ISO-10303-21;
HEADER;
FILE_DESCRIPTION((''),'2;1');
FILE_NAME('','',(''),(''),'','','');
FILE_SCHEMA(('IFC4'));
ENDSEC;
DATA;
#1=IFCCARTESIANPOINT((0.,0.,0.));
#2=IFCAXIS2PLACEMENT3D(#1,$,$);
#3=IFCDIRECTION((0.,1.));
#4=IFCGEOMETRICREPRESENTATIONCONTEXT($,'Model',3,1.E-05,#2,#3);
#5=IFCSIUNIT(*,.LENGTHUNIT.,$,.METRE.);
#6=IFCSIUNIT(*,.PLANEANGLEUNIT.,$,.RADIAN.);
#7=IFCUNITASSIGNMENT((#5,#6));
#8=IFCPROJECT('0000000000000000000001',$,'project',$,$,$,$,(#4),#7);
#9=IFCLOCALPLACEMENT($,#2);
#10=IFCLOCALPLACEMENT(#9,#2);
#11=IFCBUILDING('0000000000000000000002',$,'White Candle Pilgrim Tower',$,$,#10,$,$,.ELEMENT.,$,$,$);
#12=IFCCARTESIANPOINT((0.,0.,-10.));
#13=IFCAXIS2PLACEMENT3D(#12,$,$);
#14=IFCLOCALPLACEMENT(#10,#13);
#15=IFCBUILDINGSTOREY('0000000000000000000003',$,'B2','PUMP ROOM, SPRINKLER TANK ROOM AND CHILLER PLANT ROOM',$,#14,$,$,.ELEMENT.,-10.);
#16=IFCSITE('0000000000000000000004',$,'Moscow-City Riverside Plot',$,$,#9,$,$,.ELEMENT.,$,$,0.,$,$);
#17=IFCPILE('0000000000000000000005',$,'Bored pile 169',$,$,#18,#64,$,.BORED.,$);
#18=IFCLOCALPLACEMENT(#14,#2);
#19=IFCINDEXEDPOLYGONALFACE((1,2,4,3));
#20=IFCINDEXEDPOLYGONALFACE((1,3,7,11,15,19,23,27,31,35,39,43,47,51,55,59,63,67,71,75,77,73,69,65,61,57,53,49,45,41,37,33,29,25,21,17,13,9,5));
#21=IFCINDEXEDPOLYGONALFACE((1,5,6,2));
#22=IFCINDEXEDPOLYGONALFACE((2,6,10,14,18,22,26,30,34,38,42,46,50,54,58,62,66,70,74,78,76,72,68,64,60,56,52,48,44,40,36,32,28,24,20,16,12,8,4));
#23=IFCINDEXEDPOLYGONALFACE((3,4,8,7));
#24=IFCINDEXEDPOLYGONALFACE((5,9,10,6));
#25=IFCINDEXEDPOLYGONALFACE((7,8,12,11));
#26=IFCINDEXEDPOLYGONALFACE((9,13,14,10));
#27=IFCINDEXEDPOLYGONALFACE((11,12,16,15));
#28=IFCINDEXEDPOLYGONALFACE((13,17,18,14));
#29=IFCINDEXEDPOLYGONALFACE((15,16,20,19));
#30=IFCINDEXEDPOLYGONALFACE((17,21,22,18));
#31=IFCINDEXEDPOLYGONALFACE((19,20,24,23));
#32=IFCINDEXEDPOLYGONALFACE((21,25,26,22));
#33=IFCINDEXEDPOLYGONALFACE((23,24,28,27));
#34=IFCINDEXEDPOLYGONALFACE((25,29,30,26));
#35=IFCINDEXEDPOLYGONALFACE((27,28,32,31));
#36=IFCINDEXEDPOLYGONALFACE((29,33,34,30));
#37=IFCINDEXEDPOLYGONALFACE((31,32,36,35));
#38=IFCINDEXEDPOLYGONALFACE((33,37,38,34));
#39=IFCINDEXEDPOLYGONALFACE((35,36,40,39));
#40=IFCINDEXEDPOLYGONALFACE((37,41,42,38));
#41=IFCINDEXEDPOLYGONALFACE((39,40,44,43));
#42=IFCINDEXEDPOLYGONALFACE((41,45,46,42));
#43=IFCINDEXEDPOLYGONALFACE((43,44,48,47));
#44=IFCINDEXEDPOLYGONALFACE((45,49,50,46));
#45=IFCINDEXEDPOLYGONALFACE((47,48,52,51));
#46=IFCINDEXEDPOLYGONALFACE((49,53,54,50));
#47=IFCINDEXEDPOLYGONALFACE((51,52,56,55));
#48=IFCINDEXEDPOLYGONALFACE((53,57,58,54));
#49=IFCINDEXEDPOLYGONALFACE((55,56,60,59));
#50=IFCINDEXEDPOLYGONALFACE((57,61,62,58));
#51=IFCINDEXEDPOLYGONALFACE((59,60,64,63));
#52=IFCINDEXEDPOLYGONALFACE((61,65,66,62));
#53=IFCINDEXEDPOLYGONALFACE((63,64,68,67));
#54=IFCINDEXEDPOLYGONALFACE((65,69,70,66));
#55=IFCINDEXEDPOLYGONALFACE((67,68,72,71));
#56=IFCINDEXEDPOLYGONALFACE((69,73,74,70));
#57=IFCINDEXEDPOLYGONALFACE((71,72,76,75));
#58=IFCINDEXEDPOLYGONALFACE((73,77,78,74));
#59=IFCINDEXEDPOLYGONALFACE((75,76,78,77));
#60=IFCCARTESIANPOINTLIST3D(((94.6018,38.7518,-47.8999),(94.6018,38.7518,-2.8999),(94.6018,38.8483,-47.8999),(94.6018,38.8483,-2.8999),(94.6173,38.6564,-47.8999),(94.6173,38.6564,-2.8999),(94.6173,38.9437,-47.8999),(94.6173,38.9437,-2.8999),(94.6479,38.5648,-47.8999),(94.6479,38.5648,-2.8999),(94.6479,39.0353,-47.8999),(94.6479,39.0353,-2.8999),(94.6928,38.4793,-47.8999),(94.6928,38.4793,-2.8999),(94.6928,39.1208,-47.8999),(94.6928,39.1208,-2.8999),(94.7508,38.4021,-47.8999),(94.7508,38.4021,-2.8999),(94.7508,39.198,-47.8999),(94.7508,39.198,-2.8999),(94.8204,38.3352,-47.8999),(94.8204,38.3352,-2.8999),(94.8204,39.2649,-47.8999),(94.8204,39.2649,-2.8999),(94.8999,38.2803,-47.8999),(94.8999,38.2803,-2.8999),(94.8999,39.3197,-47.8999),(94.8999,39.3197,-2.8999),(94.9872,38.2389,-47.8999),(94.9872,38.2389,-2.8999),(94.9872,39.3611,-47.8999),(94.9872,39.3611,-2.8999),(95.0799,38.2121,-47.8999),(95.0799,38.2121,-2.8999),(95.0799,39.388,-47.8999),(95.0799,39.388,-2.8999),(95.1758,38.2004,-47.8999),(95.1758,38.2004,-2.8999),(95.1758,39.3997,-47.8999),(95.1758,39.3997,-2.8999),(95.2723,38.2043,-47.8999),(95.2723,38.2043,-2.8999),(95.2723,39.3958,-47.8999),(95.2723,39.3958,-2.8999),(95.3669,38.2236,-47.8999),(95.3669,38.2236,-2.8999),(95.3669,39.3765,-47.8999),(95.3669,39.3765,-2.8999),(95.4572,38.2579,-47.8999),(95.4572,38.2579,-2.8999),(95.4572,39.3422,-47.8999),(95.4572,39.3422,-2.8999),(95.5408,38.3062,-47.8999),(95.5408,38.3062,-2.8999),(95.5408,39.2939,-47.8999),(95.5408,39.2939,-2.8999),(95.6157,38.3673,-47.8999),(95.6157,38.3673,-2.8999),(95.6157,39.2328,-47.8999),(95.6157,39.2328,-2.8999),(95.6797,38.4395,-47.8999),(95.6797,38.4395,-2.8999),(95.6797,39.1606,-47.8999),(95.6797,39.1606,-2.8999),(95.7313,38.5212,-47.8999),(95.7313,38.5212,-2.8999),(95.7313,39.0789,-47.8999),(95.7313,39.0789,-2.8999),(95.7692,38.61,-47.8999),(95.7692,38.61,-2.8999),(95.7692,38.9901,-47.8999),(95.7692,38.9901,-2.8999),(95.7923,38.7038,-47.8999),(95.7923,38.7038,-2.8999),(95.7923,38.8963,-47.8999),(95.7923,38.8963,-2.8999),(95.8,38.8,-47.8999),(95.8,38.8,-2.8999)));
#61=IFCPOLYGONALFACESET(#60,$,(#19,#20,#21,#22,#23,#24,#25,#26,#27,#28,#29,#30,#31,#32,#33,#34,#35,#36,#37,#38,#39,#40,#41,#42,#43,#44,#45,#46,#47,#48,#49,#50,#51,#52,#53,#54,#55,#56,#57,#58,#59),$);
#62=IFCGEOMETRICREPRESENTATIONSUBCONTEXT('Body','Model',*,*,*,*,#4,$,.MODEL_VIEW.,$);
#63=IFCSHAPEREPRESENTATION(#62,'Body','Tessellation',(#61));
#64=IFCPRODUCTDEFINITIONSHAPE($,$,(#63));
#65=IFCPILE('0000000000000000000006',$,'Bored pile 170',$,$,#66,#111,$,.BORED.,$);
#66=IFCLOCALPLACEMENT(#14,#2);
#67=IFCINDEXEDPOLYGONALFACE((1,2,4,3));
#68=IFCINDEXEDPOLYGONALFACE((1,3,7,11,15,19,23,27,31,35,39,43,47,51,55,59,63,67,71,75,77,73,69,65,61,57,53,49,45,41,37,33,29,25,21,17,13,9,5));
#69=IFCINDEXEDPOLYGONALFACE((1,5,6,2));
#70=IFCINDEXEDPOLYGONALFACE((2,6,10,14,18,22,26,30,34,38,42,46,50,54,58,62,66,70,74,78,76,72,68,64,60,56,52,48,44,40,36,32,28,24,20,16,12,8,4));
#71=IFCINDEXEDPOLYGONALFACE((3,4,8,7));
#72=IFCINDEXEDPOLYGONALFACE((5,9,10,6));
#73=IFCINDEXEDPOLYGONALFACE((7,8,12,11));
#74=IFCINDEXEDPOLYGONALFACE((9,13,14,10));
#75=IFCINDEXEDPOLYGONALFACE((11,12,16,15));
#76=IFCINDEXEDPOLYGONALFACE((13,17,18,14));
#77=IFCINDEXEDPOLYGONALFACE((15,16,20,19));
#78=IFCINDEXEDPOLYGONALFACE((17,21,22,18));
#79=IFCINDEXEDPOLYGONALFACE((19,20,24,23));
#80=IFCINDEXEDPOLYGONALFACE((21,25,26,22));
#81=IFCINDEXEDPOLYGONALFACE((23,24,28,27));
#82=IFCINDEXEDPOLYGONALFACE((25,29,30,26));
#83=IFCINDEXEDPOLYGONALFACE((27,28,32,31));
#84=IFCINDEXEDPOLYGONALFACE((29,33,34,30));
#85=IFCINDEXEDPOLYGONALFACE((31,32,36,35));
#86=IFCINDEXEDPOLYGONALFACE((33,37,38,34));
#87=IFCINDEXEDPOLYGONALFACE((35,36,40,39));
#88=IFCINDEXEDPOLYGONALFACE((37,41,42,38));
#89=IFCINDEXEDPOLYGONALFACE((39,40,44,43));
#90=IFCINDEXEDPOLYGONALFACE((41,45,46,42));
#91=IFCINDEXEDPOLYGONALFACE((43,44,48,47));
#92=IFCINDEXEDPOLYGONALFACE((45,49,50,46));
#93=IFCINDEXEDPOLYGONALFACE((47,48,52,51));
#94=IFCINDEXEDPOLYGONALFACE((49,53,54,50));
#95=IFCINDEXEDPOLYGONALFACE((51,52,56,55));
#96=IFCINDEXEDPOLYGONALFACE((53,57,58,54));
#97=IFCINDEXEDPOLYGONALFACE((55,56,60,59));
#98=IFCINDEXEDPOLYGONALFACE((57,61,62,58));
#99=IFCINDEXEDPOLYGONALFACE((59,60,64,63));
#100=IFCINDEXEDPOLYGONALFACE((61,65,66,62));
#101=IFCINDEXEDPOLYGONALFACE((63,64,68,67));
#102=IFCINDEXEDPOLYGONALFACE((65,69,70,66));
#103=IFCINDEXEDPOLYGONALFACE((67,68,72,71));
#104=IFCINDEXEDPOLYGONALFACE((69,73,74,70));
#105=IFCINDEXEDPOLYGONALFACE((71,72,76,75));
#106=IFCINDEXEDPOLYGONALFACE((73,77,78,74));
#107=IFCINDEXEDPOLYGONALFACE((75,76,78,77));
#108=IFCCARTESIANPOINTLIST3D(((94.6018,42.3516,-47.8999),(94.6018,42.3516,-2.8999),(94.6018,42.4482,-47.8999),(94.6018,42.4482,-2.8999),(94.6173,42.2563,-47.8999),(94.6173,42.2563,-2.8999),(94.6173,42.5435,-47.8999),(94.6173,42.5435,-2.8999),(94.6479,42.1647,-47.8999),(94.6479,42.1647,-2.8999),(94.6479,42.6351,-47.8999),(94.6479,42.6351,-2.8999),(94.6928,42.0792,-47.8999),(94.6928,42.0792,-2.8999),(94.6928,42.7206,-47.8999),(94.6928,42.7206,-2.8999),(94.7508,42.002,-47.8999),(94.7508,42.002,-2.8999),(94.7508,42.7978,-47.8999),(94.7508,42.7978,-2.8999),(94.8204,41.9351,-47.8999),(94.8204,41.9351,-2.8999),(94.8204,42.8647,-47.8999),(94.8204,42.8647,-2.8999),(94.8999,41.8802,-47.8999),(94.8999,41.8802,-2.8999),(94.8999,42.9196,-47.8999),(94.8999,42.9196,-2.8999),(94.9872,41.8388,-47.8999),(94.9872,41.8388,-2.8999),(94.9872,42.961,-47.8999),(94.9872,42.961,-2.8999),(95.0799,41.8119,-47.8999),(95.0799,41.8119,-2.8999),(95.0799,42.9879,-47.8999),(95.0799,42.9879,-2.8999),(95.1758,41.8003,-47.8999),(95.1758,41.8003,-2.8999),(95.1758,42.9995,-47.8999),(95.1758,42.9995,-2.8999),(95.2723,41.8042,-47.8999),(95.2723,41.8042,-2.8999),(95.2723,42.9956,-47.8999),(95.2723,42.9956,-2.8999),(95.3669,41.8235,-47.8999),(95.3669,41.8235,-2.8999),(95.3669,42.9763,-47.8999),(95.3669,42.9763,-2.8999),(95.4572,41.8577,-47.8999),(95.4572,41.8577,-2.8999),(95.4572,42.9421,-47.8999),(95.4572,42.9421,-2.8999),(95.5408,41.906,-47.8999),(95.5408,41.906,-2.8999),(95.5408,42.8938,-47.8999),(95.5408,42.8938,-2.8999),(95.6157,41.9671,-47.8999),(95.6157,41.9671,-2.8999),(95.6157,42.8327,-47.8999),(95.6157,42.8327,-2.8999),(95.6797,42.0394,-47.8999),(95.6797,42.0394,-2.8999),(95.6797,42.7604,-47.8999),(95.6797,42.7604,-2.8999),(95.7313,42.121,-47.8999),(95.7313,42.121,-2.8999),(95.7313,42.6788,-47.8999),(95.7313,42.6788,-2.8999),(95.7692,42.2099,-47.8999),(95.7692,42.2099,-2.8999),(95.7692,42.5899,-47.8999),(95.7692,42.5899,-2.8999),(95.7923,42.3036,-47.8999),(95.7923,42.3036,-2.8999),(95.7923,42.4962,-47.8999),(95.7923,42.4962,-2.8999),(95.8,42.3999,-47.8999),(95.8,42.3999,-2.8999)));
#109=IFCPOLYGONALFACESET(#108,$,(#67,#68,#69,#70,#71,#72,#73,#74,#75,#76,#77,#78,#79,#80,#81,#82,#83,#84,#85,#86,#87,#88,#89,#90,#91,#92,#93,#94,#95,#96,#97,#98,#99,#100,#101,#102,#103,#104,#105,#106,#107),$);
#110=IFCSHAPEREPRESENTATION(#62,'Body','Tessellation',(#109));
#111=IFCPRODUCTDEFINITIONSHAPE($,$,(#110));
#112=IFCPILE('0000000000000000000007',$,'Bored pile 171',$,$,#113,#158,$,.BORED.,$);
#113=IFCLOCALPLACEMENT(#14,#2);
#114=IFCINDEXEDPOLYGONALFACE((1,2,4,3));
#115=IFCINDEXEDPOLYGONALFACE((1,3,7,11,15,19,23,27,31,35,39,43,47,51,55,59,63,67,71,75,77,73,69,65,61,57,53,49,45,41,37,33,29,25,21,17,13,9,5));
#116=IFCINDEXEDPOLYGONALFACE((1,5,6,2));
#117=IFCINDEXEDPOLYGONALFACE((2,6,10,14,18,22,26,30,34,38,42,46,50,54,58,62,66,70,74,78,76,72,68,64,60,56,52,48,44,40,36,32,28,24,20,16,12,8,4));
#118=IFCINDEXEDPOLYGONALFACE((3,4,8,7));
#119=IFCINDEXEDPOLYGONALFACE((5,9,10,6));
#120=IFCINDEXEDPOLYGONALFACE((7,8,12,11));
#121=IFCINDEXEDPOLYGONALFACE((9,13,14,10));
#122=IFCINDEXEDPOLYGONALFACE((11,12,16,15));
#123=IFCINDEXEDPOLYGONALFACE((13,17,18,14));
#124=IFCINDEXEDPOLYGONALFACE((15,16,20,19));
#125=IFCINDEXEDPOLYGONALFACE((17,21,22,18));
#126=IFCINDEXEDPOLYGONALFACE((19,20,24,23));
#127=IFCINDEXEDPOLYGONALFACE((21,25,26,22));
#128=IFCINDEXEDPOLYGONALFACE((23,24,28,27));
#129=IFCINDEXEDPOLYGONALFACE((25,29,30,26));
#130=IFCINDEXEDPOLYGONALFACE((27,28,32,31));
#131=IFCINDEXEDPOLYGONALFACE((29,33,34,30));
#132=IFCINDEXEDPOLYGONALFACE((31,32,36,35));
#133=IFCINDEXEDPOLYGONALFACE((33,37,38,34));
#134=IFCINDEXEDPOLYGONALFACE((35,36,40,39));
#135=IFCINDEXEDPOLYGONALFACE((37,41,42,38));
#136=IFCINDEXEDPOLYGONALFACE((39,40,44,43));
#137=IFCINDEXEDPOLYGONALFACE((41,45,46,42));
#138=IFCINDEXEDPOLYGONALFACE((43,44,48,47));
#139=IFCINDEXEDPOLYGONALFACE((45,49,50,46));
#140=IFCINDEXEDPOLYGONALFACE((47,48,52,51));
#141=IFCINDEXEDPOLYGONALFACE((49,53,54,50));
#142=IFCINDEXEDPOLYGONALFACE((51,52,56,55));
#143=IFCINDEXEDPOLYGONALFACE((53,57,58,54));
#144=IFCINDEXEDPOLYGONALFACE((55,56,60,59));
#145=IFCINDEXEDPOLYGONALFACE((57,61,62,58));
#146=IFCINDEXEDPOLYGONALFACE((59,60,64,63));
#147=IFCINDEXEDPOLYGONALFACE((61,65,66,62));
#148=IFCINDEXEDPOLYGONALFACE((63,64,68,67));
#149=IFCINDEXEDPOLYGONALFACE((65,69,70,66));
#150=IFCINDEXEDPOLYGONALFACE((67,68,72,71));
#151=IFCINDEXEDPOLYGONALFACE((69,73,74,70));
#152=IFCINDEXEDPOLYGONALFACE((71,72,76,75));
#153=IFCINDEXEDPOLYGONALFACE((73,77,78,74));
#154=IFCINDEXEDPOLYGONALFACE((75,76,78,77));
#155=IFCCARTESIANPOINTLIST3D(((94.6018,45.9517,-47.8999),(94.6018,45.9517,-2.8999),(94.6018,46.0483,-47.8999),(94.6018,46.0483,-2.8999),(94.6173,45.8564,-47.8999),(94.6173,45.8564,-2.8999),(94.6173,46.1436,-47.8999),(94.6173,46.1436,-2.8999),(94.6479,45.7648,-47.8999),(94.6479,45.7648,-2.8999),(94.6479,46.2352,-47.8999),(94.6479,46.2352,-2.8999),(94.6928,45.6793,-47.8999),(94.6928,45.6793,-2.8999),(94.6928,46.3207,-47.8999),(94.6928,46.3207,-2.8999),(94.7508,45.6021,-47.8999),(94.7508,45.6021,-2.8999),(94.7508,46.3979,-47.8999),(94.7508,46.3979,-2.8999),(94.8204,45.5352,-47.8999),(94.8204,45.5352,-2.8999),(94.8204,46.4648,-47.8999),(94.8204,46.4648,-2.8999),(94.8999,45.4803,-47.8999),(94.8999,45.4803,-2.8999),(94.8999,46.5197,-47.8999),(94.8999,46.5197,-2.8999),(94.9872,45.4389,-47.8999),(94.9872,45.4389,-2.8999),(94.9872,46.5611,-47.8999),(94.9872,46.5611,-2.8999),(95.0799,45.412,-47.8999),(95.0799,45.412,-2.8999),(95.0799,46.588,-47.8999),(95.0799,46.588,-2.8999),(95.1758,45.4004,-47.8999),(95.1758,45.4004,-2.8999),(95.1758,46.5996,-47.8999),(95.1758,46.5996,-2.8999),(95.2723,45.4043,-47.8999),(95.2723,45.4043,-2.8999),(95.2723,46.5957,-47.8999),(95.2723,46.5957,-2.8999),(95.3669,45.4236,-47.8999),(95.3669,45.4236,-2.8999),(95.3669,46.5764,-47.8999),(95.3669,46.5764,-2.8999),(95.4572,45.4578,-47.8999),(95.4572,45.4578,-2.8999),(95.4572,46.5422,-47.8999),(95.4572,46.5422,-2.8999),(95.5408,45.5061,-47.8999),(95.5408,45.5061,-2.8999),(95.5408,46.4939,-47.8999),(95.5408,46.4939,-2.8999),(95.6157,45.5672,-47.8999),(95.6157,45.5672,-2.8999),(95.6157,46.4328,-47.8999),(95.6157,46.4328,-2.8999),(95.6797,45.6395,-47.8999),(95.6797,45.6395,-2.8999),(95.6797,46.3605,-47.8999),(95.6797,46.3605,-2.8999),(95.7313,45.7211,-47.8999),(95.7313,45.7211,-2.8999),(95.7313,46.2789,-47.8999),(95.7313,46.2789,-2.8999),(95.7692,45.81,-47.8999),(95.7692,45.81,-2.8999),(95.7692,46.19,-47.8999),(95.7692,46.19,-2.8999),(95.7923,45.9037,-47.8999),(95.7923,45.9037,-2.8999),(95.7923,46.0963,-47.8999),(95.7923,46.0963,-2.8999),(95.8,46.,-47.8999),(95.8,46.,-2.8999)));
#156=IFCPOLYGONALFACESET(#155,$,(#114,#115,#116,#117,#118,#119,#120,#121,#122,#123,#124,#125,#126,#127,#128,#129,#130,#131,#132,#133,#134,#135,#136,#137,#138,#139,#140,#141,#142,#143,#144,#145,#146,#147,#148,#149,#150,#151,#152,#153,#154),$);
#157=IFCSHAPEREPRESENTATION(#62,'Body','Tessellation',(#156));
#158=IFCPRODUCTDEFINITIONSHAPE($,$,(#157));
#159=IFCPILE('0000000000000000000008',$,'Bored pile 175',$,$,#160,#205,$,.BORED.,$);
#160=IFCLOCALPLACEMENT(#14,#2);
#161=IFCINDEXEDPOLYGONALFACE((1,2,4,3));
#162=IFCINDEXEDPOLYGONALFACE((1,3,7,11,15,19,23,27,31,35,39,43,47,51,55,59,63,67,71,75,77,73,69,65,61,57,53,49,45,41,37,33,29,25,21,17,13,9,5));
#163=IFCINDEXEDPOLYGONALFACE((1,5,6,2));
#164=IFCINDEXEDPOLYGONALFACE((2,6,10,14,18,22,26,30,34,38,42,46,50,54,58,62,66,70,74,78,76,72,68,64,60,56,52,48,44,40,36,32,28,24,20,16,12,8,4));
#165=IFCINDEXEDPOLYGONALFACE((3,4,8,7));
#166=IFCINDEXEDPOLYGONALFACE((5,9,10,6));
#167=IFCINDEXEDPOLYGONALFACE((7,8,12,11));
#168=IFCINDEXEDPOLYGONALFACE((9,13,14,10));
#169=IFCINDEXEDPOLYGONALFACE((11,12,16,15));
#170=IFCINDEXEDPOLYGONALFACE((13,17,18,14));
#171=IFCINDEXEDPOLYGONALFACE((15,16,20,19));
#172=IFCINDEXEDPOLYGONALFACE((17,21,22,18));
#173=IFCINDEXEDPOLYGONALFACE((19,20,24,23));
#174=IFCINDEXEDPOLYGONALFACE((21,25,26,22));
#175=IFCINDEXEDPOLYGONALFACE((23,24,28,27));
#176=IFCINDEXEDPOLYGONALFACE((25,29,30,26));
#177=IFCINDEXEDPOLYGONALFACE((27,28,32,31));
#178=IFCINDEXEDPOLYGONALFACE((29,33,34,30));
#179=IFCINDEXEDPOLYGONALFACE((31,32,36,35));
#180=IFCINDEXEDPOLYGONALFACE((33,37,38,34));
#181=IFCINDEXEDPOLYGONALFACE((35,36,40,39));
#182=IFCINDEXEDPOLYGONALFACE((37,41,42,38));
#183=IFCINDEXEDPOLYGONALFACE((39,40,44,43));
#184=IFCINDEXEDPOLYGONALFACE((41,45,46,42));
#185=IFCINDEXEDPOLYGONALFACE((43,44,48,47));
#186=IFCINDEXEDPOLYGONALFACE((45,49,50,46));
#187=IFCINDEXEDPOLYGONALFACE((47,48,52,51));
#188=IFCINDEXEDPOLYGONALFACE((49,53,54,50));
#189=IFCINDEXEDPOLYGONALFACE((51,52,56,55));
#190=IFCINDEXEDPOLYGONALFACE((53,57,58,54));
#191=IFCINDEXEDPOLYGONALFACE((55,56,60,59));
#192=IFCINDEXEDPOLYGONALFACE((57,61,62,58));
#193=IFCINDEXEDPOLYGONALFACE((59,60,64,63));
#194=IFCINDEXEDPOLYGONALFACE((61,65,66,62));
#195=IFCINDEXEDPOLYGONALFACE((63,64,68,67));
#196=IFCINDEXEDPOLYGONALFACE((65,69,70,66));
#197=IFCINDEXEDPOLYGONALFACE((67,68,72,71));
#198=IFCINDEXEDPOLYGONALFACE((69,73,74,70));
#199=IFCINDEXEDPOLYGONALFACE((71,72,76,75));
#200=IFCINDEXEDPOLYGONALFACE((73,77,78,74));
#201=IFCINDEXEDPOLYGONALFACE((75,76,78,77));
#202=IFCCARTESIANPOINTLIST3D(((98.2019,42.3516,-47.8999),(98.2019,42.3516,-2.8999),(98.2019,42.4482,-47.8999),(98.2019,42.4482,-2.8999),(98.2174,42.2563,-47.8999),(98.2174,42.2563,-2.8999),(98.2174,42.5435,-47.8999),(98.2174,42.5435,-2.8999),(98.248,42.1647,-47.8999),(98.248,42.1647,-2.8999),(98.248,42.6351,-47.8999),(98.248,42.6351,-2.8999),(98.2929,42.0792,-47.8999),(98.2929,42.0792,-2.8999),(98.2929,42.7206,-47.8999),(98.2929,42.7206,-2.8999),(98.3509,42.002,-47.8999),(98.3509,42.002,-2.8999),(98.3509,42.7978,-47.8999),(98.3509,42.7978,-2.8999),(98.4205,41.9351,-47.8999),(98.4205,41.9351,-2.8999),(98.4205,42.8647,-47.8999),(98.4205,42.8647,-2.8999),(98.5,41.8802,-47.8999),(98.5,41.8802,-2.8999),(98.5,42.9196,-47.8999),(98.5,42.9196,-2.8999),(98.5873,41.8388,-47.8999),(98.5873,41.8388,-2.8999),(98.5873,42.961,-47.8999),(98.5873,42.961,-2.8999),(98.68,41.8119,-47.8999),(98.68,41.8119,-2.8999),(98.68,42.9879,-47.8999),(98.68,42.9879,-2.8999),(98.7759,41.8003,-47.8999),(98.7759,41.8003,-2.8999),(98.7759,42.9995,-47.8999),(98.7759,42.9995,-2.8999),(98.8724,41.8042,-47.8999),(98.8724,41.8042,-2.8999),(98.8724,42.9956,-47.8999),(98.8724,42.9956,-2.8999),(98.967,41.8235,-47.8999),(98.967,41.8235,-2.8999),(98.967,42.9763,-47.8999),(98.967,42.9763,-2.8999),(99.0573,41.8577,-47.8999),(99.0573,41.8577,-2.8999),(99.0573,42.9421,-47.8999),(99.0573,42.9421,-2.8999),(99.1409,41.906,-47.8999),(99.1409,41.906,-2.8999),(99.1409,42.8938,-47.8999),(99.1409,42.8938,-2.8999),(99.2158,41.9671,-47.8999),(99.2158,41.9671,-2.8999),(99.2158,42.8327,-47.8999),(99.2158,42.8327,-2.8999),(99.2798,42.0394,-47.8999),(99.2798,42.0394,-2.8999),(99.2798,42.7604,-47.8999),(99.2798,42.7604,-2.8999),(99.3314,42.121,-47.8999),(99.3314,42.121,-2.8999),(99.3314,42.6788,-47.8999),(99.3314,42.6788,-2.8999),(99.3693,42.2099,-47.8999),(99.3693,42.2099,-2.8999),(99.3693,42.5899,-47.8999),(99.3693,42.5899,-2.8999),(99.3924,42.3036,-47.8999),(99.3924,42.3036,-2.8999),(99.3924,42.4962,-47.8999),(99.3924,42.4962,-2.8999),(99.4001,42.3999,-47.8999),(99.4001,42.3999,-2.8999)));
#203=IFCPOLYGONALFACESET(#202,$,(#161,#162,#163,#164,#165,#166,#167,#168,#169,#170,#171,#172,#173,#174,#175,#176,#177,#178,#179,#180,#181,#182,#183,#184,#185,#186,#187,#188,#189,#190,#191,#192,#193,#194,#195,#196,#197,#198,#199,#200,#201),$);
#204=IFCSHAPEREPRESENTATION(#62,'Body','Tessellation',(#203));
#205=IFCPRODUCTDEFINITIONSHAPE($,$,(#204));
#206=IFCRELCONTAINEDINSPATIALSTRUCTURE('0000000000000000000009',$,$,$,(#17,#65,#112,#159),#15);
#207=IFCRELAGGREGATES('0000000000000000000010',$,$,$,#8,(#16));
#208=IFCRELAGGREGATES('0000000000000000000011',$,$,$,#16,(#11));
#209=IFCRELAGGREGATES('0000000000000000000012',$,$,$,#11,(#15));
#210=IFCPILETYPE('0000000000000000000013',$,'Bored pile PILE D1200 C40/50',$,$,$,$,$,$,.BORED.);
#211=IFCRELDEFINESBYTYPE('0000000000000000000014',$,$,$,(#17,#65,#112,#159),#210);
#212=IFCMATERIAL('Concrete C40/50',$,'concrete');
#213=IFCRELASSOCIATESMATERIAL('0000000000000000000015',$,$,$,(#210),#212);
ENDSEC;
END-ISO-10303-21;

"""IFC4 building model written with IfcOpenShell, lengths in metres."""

from ifc_helpers import new_model, si_unit, direction, frame, origin, origin_2d, place, context, subcontext, project, spatial, circle, extrude, material, material_profile, profile_set, type_object, element, save


model = new_model("IFC4")

# Units and contexts
model_context = context("Model", 3, precision=1e-05, world=origin(), true_north=direction((0.0, 1.0)))
body_context = subcontext(model_context, "Body", "Model", "MODEL_VIEW")
ifc_project = project(units=[si_unit("LENGTHUNIT", "METRE"), si_unit("PLANEANGLEUNIT", "RADIAN")], contexts=[model_context])

# Site, building, storey
site_placement = place(None, origin())
site = spatial("IfcSite", under=ifc_project, at=site_placement, Name="Moscow-City Riverside Plot", CompositionType="ELEMENT", RefElevation=0.0)
building_placement = place(site_placement, origin())
building = spatial("IfcBuilding", under=site, at=building_placement, Name="White Candle Pilgrim Tower", CompositionType="ELEMENT")
storey_placement = place(building_placement, frame((0.0, 0.0, -10.0)))
storey = spatial("IfcBuildingStorey", under=building, at=storey_placement, Name="B2", Description="PUMP ROOM, SPRINKLER TANK ROOM AND CHILLER PLANT ROOM", CompositionType="ELEMENT", Elevation=-10.0)

# Piles
ifc_material_1 = material(Name="Concrete C40/50", Category="concrete")
ifc_material_profile_1 = material_profile(ifc_material_1, circle(Radius=0.6001, at=origin_2d()), Name="PILE D1200")
ifc_profile_set_1 = profile_set([ifc_material_profile_1], Name="Concrete C40/50")
pile_type = type_object("IfcPileType", Name="Bored pile PILE D1200 C40/50", PredefinedType="BORED", material=ifc_profile_set_1)
for number, where, z_axis, x_axis, name in (
    (1, (95.2, 38.8, -2.8999), (0.0, 0.0, -1.0), (1.0, 0.0, 0.0), "Bored pile 169"),
    (2, (95.2, 42.3999, -2.8999), (0.0, 0.0, -1.0), (1.0, 0.0, 0.0), "Bored pile 170"),
    (3, (95.2, 46.0, -2.8999), (0.0, 0.0, -1.0), (1.0, 0.0, 0.0), "Bored pile 171"),
    (4, (98.8, 42.3999, -2.8999), (0.0, 0.0, -1.0), (1.0, 0.0, 0.0), "Bored pile 175"),
):
    element("IfcPile", number, at=place(storey_placement, frame(where, z_axis=z_axis, x_axis=x_axis)), inside=storey, type_object=pile_type, Name=name, PredefinedType="BORED", context=body_context, shape_type="SweptSolid", body=[
        extrude(circle(Radius=0.6001, at=origin_2d()), origin(), (0.0, 0.0, 1.0), 45.0),
    ])

save(model, "model.ifc")
